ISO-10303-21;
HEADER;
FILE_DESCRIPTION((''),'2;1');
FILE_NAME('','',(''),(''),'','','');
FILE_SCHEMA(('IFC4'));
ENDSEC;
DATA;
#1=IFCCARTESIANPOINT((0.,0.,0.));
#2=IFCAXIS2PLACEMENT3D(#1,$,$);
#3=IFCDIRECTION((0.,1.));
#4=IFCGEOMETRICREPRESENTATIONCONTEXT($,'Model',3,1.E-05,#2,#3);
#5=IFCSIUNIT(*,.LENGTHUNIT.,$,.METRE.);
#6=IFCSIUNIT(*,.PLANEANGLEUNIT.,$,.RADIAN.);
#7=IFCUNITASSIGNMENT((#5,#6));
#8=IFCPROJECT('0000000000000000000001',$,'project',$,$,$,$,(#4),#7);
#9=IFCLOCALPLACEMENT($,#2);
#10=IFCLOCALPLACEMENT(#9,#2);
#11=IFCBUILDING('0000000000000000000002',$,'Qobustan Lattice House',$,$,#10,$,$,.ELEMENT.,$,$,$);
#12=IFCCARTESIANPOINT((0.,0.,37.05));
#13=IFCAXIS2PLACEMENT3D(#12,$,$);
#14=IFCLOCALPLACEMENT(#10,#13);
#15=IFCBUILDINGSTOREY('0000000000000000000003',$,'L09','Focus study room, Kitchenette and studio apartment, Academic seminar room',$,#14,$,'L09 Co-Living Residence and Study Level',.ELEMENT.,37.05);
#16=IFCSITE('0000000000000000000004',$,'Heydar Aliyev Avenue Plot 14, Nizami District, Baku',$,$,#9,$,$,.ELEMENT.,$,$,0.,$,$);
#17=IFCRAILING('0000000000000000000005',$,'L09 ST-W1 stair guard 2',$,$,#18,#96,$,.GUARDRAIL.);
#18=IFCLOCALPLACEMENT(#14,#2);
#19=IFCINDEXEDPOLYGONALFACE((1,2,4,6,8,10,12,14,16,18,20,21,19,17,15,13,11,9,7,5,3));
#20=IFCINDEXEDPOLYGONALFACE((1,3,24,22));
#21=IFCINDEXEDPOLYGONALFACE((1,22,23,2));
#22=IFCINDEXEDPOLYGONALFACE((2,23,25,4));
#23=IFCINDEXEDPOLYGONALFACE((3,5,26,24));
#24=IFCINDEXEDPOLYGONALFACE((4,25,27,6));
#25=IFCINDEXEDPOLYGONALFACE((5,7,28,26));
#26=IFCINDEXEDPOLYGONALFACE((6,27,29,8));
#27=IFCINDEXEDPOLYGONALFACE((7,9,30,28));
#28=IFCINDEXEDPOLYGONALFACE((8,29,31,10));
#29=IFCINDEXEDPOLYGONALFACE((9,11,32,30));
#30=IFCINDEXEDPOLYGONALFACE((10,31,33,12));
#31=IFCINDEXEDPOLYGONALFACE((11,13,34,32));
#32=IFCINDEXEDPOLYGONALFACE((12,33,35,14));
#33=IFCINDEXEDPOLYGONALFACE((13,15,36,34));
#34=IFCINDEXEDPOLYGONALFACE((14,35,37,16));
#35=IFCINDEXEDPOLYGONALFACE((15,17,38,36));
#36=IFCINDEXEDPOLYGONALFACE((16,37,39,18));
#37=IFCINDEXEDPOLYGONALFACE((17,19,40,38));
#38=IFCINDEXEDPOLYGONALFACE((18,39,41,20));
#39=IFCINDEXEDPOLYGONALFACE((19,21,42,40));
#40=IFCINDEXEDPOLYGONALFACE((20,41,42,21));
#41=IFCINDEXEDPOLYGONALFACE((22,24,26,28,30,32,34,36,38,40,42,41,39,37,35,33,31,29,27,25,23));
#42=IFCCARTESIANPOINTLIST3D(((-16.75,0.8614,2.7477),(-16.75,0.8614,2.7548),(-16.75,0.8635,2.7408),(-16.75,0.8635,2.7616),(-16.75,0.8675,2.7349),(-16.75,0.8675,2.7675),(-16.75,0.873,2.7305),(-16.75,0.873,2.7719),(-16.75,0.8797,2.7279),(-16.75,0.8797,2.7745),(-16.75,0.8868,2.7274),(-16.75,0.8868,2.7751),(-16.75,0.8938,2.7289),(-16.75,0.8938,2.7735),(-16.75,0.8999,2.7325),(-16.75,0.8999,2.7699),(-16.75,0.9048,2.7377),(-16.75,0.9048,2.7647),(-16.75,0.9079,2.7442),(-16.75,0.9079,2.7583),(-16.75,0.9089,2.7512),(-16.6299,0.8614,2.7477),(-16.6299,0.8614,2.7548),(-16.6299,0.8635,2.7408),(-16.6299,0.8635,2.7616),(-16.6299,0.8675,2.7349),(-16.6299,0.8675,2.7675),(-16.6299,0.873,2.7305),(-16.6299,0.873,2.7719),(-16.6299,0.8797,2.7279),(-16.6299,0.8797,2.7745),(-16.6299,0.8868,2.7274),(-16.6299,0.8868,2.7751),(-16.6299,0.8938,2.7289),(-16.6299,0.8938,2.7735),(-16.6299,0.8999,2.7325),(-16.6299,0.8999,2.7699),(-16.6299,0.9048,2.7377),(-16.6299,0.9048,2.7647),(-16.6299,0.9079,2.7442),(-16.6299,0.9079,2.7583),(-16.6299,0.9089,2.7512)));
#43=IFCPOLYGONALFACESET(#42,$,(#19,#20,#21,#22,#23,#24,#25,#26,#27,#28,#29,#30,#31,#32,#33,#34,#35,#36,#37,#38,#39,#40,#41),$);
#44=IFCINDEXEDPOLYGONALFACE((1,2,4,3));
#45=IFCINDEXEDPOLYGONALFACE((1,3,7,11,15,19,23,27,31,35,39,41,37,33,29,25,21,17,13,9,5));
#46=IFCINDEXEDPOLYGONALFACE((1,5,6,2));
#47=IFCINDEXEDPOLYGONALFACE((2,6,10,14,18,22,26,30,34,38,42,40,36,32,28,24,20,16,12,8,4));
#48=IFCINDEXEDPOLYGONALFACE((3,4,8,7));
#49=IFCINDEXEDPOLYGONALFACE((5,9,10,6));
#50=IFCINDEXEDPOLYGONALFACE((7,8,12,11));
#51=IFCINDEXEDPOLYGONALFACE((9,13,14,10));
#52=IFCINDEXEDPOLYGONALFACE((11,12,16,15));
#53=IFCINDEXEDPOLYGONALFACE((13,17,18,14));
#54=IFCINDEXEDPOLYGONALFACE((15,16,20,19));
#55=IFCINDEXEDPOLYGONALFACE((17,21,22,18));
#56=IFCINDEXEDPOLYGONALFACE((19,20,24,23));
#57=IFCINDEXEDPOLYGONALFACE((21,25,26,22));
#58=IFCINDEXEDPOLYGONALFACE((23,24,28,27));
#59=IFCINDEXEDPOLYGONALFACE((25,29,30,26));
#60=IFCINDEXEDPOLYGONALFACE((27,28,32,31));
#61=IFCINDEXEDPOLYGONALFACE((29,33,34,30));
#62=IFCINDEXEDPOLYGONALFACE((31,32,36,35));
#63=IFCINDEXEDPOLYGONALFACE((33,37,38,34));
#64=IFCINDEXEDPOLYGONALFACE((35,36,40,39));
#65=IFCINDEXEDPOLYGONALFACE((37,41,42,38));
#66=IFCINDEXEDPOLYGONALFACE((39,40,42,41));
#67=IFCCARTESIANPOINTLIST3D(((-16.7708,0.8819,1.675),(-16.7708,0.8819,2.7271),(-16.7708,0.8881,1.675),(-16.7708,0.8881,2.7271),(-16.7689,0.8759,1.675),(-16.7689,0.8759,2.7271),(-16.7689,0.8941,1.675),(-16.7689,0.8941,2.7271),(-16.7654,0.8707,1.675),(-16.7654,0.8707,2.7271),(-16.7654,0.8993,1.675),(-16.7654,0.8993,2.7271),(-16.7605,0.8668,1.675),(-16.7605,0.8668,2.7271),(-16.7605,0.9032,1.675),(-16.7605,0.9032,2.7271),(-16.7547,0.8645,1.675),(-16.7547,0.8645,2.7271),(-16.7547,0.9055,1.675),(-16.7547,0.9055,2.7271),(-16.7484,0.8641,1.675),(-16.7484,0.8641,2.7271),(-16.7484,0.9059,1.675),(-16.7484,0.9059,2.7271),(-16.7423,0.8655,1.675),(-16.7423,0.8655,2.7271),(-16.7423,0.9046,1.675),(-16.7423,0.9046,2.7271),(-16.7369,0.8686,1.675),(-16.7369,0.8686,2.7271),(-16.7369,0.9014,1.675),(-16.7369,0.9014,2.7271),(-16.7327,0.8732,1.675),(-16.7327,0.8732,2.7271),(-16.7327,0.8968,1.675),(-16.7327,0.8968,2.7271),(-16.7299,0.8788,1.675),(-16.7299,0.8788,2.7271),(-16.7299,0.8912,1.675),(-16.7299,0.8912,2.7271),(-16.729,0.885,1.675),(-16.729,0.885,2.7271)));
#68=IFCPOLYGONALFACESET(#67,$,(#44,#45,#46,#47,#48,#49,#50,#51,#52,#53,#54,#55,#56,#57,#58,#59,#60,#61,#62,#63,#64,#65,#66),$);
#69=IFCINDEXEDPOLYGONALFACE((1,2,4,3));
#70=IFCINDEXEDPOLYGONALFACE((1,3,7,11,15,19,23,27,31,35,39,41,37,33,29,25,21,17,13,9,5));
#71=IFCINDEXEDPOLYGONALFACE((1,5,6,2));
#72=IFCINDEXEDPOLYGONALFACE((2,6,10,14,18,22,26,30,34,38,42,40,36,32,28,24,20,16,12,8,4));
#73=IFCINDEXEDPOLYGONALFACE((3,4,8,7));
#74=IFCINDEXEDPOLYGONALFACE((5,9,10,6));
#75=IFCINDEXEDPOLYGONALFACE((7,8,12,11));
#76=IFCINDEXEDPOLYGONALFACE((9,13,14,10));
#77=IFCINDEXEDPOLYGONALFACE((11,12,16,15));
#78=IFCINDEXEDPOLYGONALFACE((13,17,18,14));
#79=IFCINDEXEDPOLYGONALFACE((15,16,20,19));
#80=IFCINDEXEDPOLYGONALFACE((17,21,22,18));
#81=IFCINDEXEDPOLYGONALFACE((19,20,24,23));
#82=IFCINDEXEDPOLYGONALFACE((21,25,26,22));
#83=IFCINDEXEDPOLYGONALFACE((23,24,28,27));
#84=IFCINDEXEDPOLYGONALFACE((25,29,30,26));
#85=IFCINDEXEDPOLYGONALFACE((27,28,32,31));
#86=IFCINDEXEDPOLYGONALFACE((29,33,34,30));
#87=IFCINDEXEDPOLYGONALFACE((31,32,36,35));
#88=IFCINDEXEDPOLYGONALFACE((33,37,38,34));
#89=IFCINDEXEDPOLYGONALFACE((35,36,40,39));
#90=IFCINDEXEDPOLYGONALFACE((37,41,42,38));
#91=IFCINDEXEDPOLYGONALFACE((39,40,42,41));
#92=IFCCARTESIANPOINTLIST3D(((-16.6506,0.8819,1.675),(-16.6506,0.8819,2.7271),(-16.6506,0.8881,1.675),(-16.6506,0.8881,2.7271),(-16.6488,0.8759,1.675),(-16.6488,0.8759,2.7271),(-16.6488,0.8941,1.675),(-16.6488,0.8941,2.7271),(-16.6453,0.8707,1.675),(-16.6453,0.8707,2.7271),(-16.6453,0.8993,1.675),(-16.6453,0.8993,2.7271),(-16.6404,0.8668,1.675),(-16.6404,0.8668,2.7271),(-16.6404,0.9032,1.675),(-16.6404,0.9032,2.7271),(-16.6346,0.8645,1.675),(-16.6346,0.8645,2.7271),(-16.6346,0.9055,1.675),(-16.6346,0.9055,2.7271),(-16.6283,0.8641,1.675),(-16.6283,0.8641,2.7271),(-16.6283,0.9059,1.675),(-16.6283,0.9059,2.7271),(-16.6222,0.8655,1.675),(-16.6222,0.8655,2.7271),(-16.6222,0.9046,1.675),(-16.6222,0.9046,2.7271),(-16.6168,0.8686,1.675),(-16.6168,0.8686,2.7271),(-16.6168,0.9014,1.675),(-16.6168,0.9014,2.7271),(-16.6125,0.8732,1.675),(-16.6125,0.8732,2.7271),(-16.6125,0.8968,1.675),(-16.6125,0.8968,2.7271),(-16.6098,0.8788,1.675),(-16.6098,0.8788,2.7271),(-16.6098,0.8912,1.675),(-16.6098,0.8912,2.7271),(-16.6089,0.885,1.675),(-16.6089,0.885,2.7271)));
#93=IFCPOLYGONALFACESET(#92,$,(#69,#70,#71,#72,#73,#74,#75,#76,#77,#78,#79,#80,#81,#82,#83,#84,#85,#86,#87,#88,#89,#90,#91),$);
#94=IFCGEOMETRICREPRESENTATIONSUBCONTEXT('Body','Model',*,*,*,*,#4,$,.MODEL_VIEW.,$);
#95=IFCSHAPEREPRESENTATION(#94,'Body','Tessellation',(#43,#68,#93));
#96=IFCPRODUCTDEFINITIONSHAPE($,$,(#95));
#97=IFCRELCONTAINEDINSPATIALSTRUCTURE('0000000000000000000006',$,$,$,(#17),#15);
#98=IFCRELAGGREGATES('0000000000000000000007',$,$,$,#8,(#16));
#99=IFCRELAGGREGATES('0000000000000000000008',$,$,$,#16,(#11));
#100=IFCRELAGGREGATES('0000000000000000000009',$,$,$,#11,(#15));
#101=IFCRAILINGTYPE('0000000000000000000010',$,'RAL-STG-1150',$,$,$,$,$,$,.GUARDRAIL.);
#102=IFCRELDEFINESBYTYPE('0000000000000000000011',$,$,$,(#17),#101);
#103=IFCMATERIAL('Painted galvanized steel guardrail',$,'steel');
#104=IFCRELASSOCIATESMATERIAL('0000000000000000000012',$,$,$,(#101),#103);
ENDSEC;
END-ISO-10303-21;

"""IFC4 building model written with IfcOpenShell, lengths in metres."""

from ifc_helpers import new_model, si_unit, direction, frame, origin, origin_2d, place, context, subcontext, project, spatial, circle, extrude, material, type_object, element, save


model = new_model("IFC4")

# Units and contexts
model_context = context("Model", 3, precision=1e-05, world=origin(), true_north=direction((0.0, 1.0)))
body_context = subcontext(model_context, "Body", "Model", "MODEL_VIEW")
ifc_project = project(units=[si_unit("LENGTHUNIT", "METRE"), si_unit("PLANEANGLEUNIT", "RADIAN")], contexts=[model_context])

# Site, building, storey
site_placement = place(None, origin())
site = spatial("IfcSite", under=ifc_project, at=site_placement, Name="Heydar Aliyev Avenue Plot 14, Nizami District, Baku", CompositionType="ELEMENT", RefElevation=0.0)
building_placement = place(site_placement, origin())
building = spatial("IfcBuilding", under=site, at=building_placement, Name="Qobustan Lattice House", CompositionType="ELEMENT")
storey_placement = place(building_placement, frame((0.0, 0.0, 37.05)))
storey = spatial("IfcBuildingStorey", under=building, at=storey_placement, Name="L09", Description="Focus study room, Kitchenette and studio apartment, Academic seminar room", LongName="L09 Co-Living Residence and Study Level", CompositionType="ELEMENT", Elevation=37.05)

# Railing
ifc_material_1 = material(Name="Painted galvanized steel guardrail", Category="steel")
railing_type_1 = type_object("IfcRailingType", Name="RAL-STG-1150", PredefinedType="GUARDRAIL", material=ifc_material_1)
railing_1_placement = place(storey_placement, frame((-16.75, 0.885, 1.675)))
element("IfcRailing", 1, at=railing_1_placement, inside=storey, type_object=railing_type_1, Name="L09 ST-W1 stair guard 2", PredefinedType="GUARDRAIL", context=body_context, shape_type="SweptSolid", body=[
    extrude(circle(Radius=0.0239, at=origin_2d()), frame((0.0, 0.0, 1.0762), z_axis=(1.0, 0.0, 0.0), x_axis=(0.0, 1.0, 0.0)), (0.0, 0.0, 1.0), 0.1201),
    extrude(circle(Radius=0.021, at=origin_2d()), origin(), (0.0, 0.0, 1.0), 1.052),
    extrude(circle(Radius=0.021, at=origin_2d()), frame((0.1201, 0.0, 0.0)), (0.0, 0.0, 1.0), 1.052),
])

save(model, "model.ifc")
